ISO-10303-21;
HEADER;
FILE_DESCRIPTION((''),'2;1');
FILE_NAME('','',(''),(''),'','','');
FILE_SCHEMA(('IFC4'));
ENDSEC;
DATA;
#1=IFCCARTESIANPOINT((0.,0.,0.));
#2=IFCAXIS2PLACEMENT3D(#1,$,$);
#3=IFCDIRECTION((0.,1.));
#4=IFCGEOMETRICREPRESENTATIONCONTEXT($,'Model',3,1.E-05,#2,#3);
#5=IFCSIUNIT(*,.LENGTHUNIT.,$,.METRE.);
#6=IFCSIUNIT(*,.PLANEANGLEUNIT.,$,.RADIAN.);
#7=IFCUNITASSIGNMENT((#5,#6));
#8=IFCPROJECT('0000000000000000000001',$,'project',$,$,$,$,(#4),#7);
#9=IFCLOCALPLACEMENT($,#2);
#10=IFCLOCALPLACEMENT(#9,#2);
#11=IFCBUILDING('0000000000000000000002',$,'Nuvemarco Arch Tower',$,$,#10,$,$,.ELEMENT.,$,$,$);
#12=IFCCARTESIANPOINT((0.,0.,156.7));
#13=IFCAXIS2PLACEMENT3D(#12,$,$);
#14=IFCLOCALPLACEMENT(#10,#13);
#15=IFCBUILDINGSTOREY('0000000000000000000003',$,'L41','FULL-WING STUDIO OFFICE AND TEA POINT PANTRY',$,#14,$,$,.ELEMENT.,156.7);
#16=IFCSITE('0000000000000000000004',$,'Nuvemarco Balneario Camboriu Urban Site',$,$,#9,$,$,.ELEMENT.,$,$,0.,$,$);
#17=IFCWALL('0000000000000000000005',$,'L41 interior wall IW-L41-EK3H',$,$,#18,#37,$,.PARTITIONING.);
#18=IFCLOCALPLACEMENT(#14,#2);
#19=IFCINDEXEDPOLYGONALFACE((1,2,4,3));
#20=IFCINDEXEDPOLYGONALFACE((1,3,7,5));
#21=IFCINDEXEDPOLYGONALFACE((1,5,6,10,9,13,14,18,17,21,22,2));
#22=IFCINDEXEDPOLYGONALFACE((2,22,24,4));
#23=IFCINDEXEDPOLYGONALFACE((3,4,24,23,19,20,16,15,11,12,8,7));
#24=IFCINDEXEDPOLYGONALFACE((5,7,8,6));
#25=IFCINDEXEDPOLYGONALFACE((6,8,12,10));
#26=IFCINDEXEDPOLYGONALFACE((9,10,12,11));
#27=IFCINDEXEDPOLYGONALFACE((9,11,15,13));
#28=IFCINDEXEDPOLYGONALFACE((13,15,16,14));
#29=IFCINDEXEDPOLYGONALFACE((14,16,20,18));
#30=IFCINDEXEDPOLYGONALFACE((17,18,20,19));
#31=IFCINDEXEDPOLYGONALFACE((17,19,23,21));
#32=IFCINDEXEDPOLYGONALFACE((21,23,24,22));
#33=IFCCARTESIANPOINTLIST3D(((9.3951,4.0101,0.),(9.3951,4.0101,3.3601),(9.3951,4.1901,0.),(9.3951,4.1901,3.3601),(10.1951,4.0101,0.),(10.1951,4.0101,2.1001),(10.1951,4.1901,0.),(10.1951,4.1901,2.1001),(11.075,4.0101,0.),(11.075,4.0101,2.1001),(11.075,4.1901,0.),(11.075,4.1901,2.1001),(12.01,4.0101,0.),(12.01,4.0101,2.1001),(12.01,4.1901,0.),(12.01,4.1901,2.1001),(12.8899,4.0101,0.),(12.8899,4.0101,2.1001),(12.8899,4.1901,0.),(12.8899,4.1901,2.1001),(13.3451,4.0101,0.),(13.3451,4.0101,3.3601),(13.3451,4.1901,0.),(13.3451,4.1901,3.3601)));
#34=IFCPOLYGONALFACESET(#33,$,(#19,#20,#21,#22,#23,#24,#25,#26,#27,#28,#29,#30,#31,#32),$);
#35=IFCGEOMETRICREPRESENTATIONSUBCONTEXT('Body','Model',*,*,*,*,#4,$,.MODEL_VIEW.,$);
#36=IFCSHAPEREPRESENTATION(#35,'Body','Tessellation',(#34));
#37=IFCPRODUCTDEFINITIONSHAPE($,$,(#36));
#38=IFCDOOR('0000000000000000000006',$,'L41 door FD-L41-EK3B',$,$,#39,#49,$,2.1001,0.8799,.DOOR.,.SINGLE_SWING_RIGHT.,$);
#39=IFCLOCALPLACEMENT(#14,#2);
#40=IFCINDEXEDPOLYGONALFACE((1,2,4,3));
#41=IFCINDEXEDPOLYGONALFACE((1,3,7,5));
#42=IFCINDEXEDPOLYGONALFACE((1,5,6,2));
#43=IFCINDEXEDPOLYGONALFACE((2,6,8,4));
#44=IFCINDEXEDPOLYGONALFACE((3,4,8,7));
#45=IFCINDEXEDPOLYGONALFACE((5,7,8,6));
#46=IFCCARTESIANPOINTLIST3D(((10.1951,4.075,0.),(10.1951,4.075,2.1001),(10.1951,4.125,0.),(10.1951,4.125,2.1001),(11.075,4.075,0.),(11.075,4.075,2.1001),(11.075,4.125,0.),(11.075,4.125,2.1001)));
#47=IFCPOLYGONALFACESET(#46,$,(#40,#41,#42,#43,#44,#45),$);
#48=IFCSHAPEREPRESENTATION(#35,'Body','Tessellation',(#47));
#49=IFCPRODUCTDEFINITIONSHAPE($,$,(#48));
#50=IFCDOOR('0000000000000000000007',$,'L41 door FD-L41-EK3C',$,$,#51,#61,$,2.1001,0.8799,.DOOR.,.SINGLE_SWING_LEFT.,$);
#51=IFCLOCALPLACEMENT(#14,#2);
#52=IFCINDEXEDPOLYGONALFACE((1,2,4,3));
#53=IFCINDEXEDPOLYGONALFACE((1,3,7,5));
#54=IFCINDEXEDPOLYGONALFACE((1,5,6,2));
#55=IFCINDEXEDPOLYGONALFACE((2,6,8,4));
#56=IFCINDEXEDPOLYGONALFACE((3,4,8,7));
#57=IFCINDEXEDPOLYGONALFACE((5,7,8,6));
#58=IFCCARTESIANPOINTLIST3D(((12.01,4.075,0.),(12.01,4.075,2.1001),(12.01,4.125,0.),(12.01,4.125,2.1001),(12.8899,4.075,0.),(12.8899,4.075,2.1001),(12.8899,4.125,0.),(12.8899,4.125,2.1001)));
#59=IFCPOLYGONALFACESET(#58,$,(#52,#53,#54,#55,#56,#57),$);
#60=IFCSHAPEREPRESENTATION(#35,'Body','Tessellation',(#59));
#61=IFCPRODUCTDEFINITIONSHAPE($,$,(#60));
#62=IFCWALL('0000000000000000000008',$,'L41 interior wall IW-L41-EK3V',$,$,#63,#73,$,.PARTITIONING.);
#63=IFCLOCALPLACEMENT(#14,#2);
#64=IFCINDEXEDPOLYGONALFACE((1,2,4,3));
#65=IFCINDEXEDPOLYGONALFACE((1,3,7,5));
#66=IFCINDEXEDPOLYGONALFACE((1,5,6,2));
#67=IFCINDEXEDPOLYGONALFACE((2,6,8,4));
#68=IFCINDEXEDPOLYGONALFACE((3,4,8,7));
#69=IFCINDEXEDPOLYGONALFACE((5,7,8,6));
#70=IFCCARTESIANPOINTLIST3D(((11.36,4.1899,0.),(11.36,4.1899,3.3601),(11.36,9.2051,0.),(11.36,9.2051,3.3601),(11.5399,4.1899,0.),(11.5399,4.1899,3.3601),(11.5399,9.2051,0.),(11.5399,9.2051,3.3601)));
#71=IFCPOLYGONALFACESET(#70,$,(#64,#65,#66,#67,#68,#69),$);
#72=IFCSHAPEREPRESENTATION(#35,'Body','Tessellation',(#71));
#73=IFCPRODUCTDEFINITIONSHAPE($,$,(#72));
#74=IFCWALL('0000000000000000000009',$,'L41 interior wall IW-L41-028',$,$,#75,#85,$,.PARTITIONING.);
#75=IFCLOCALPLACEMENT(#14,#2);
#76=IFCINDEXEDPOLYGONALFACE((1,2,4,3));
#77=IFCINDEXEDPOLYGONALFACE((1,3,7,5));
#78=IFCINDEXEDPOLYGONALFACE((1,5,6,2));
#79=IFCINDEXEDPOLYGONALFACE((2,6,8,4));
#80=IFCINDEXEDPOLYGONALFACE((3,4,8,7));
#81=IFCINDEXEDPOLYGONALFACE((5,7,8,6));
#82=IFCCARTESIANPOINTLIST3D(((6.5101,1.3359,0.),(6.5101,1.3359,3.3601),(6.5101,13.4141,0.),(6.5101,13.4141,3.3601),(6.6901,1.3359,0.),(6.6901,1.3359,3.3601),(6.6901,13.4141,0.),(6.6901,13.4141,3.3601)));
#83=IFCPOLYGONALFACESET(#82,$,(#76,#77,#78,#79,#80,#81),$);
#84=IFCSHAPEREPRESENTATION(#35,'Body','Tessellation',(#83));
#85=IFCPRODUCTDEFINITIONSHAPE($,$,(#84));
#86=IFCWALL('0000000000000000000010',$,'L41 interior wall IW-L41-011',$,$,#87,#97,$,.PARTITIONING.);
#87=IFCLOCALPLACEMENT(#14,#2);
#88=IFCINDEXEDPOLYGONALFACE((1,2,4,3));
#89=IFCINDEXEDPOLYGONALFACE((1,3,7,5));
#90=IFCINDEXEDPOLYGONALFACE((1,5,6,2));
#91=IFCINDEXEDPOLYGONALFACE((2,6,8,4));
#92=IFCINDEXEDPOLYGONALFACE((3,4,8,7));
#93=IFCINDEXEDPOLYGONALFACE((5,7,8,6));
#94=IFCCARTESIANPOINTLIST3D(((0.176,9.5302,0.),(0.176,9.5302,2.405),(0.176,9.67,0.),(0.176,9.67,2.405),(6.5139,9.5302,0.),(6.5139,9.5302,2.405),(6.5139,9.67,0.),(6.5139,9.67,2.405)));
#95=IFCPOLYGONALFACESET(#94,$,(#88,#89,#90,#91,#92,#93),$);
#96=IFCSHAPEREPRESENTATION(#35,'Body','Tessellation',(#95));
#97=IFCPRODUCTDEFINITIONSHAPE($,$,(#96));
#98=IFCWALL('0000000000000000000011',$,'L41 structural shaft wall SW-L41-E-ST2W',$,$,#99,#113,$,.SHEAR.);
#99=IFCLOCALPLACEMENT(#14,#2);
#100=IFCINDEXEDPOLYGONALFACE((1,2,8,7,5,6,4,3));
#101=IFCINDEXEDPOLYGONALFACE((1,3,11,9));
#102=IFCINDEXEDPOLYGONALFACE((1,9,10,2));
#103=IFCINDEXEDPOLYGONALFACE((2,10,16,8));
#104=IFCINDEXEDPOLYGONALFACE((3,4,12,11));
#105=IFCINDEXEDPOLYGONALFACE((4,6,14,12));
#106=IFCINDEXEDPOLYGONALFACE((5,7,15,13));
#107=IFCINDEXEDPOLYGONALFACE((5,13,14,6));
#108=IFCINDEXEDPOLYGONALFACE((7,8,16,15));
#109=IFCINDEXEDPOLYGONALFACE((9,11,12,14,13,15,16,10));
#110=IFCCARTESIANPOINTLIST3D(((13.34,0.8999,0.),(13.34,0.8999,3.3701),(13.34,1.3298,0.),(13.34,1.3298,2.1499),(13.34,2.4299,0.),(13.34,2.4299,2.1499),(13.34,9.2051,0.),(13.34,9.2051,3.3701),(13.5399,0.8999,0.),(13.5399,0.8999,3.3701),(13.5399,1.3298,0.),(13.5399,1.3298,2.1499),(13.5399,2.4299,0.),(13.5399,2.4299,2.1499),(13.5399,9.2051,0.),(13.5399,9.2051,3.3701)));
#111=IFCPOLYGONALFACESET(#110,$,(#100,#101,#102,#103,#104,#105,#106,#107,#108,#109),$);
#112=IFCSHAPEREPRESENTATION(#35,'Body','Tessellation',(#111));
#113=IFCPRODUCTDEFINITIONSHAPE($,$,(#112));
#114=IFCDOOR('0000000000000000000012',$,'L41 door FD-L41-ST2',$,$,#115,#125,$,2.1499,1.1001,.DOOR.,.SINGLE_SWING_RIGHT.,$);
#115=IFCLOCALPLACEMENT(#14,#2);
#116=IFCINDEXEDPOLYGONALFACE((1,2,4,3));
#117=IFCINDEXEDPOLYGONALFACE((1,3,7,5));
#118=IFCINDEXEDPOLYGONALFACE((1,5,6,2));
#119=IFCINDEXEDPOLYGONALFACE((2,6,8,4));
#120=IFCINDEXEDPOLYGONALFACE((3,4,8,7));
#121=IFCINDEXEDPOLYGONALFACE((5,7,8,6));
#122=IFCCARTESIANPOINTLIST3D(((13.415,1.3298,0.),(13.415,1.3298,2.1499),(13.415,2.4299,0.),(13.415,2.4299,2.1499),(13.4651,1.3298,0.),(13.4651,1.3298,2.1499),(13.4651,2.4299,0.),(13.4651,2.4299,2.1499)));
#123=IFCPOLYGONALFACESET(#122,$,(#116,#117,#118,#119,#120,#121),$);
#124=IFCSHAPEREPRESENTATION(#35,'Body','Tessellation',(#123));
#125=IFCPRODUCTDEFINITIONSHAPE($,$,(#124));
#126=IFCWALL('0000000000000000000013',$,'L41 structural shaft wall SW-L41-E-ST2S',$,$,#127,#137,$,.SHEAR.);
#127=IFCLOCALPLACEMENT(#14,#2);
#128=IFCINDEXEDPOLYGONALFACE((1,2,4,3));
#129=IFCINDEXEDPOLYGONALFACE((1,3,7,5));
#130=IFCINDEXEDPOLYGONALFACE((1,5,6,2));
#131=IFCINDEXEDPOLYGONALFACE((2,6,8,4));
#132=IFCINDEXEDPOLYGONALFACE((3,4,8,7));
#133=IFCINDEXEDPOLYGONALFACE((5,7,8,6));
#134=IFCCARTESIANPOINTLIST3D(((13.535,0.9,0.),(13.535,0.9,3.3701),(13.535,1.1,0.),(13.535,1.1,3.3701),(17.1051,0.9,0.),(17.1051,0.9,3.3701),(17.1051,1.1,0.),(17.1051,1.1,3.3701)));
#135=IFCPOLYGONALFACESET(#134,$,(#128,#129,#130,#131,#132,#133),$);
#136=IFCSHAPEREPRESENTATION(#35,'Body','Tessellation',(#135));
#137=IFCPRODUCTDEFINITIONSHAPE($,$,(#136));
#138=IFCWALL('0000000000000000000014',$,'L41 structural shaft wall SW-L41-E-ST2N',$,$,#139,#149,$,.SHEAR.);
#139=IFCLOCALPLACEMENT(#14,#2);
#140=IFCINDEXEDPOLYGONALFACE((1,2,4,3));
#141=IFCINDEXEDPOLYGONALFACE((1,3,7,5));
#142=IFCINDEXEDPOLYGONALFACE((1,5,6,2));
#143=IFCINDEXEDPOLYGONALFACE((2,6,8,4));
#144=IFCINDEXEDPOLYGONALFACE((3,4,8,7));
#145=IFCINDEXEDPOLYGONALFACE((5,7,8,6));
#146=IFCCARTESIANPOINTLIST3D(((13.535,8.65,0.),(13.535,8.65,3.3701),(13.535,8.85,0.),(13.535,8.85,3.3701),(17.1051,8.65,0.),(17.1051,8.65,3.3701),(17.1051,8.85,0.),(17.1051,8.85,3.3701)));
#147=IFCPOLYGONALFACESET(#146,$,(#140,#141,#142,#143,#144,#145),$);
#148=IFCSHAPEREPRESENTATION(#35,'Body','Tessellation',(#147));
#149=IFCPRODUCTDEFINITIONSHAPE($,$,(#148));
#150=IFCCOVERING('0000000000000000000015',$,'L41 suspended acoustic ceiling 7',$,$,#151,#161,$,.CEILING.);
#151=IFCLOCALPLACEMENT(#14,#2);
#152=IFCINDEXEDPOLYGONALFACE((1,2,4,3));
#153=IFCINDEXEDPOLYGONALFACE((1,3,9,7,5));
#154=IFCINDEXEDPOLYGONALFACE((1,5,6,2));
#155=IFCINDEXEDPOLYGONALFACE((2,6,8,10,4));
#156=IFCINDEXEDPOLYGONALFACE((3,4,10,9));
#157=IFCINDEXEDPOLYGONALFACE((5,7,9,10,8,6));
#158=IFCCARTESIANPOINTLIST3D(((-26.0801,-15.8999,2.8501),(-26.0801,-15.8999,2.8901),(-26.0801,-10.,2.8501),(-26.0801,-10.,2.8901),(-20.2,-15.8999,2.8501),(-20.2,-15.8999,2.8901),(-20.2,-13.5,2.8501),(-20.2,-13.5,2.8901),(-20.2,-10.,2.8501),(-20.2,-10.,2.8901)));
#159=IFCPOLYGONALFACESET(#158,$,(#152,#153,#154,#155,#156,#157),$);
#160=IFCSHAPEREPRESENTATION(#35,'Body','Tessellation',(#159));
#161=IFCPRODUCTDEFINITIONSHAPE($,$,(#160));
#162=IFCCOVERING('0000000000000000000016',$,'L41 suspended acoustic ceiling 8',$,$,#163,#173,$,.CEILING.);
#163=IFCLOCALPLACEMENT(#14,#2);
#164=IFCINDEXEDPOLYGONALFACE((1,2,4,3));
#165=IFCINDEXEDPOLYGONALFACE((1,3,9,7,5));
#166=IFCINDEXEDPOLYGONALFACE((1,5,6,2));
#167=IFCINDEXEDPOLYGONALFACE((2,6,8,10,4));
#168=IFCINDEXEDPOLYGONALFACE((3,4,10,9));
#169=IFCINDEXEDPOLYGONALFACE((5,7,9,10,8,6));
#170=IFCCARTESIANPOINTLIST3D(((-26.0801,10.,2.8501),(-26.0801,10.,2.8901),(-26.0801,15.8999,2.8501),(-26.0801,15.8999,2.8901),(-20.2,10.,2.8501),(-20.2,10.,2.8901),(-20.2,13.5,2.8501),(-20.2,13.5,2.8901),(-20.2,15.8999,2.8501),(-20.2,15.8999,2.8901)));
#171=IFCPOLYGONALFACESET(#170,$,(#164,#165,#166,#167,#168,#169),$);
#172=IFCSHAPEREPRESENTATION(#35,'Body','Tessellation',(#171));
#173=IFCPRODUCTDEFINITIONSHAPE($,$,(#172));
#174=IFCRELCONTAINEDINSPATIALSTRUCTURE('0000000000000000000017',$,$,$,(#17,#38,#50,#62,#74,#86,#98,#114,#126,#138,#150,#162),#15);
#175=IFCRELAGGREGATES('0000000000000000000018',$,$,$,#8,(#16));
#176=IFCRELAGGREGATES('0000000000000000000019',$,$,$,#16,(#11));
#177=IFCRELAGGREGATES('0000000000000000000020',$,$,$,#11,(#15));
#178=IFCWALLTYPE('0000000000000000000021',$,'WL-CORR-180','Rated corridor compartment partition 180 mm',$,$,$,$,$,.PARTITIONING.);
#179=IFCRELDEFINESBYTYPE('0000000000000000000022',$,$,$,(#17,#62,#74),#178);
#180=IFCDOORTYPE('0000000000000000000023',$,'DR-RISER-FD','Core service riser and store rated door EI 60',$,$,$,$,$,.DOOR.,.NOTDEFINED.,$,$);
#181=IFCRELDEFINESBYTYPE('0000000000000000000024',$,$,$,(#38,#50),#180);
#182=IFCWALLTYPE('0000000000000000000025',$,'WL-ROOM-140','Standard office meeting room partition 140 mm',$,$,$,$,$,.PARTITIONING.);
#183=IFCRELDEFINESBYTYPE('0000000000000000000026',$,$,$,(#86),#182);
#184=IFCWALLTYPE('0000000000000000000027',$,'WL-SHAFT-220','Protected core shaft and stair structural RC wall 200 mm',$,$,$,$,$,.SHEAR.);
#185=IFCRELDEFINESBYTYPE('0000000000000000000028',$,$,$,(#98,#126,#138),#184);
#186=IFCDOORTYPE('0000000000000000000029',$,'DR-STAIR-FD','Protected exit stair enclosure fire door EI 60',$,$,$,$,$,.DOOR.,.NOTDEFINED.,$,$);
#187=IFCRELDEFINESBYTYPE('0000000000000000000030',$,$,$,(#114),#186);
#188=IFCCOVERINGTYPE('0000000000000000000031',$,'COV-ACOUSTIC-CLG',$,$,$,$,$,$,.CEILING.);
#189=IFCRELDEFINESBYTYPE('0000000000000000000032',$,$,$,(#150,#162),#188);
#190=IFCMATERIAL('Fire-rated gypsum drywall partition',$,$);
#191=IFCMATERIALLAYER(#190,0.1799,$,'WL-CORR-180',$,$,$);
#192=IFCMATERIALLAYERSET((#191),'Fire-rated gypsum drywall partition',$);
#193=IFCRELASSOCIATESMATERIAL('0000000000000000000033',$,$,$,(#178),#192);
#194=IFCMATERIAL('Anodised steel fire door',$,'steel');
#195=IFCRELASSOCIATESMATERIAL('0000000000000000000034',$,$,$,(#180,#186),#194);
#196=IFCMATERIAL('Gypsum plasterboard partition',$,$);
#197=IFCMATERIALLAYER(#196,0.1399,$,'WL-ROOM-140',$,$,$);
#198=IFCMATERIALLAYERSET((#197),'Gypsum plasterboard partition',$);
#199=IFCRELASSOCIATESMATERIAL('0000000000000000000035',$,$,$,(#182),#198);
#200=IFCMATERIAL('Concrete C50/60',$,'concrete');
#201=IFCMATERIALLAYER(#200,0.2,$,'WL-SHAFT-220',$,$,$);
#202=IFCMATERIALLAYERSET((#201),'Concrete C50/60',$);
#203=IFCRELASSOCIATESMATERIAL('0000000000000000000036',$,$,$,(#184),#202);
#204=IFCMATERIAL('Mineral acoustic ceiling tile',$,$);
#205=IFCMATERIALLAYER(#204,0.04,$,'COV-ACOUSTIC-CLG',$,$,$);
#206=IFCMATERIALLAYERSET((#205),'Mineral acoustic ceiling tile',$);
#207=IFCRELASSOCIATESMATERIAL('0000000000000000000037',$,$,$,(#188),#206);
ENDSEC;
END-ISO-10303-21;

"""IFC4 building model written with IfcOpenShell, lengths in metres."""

from ifc_helpers import new_model, si_unit, direction, frame, frame_2d, origin, place, context, subcontext, project, spatial, polyline, rectangle, outline, extrude, source, transform, mapped, material, layer, layer_set, type_object, type_shapes, element, fill, save


model = new_model("IFC4")

# Units and contexts
model_context = context("Model", 3, precision=1e-05, world=origin(), true_north=direction((0.0, 1.0)))
body_context = subcontext(model_context, "Body", "Model", "MODEL_VIEW")
ifc_project = project(units=[si_unit("LENGTHUNIT", "METRE"), si_unit("PLANEANGLEUNIT", "RADIAN")], contexts=[model_context])

# Site, building, storey
site_placement = place(None, origin())
site = spatial("IfcSite", under=ifc_project, at=site_placement, Name="Nuvemarco Balneario Camboriu Urban Site", CompositionType="ELEMENT", RefElevation=0.0)
building_placement = place(site_placement, origin())
building = spatial("IfcBuilding", under=site, at=building_placement, Name="Nuvemarco Arch Tower", CompositionType="ELEMENT")
storey_placement = place(building_placement, frame((0.0, 0.0, 156.7)))
storey = spatial("IfcBuildingStorey", under=building, at=storey_placement, Name="L41", Description="FULL-WING STUDIO OFFICE AND TEA POINT PANTRY", CompositionType="ELEMENT", Elevation=156.7)

# Shared definitions
ifc_material_1 = material(Name="Concrete C50/60", Category="concrete")

# Shared definitions
ifc_material_2 = material(Name="Fire-rated gypsum drywall partition")
ifc_layer_1 = layer(ifc_material_2, 0.1799, Name="WL-CORR-180")
ifc_layer_set_1 = layer_set([ifc_layer_1], Name="Fire-rated gypsum drywall partition")
wall_type_1 = type_object("IfcWallType", Name="WL-CORR-180", Description="Rated corridor compartment partition 180 mm", PredefinedType="PARTITIONING", material=ifc_layer_set_1)
ifc_material_3 = material(Name="Anodised steel fire door", Category="steel")
door_type_1 = type_object("IfcDoorType", Name="DR-RISER-FD", Description="Core service riser and store rated door EI 60", OperationType="NOTDEFINED", PredefinedType="DOOR", material=ifc_material_3)
shared_shape_1 = source(origin(), body_context, "Body", "SweptSolid", [
    extrude(rectangle(XDim=0.8799, YDim=2.1001, at=frame_2d((0.4399, 1.05))), frame((0.0, 0.0249, 0.0), z_axis=(0.0, -1.0, 0.0), x_axis=(1.0, 0.0, 0.0)), (0.0, 0.0, 1.0), 0.05),
])
type_shapes(door_type_1, [shared_shape_1])

# Wall, openings, doors
wall_1_placement = place(storey_placement, frame((9.395, 4.1001, 0.0), z_axis=(0.0, 0.0, 1.0), x_axis=(1.0, 0.0, 0.0)))
wall_1 = element("IfcWall", 1, at=wall_1_placement, inside=storey, type_object=wall_type_1, Name="L41 interior wall IW-L41-EK3H", PredefinedType="PARTITIONING", context=body_context, shape_type="SweptSolid", body=[
    extrude(rectangle(XDim=3.95, YDim=0.1799, at=frame_2d((1.9751, 0.0))), origin(), (0.0, 0.0, 1.0), 3.3601),
])
opening_1_placement = place(wall_1_placement, frame((0.8, 0.0, 0.0)))
opening_1 = element("IfcOpeningElement", 2, at=opening_1_placement, cuts=wall_1, PredefinedType="OPENING", context=body_context, shape_type="SweptSolid", body=[
    extrude(rectangle(XDim=0.8799, YDim=2.1001, at=frame_2d((0.4399, 1.05))), frame((0.0, 0.0999, 0.0), z_axis=(0.0, -1.0, 0.0), x_axis=(1.0, 0.0, 0.0)), (0.0, 0.0, 1.0), 0.2),
])
opening_2_placement = place(wall_1_placement, frame((2.615, 0.0, 0.0)))
opening_2 = element("IfcOpeningElement", 3, at=opening_2_placement, cuts=wall_1, PredefinedType="OPENING", context=body_context, shape_type="SweptSolid", body=[
    extrude(rectangle(XDim=0.8799, YDim=2.1001, at=frame_2d((0.4399, 1.05))), frame((0.0, 0.0999, 0.0), z_axis=(0.0, -1.0, 0.0), x_axis=(1.0, 0.0, 0.0)), (0.0, 0.0, 1.0), 0.2),
])
door_1_placement = place(opening_1_placement, origin())
door_1 = element("IfcDoor", 4, at=door_1_placement, inside=storey, type_object=door_type_1, Name="L41 door FD-L41-EK3B", OperationType="SINGLE_SWING_RIGHT", OverallHeight=2.1001, OverallWidth=0.8799, PredefinedType="DOOR", context=body_context, shape_type="MappedRepresentation", body=[
    mapped(shared_shape_1, transform((0.0, 0.0, 0.0), scale=1.0)),
])
fill(opening_1, door_1)
door_2_placement = place(opening_2_placement, origin())
door_2 = element("IfcDoor", 5, at=door_2_placement, inside=storey, type_object=door_type_1, Name="L41 door FD-L41-EK3C", OperationType="SINGLE_SWING_LEFT", OverallHeight=2.1001, OverallWidth=0.8799, PredefinedType="DOOR", context=body_context, shape_type="MappedRepresentation", body=[
    mapped(shared_shape_1, transform((0.0, 0.0, 0.0), scale=1.0)),
])
fill(opening_2, door_2)

# Walls
wall_2_placement = place(storey_placement, frame((11.45, 4.1899, 0.0), z_axis=(0.0, 0.0, 1.0), x_axis=(0.0, 1.0, 0.0)))
element("IfcWall", 6, at=wall_2_placement, inside=storey, type_object=wall_type_1, Name="L41 interior wall IW-L41-EK3V", PredefinedType="PARTITIONING", context=body_context, shape_type="SweptSolid", body=[
    extrude(rectangle(XDim=5.0151, YDim=0.1799, at=frame_2d((2.5076, 0.0))), origin(), (0.0, 0.0, 1.0), 3.3601),
])
wall_3_placement = place(storey_placement, frame((6.6001, 1.3359, 0.0), z_axis=(0.0, 0.0, 1.0), x_axis=(0.0, 1.0, 0.0)))
element("IfcWall", 7, at=wall_3_placement, inside=storey, type_object=wall_type_1, Name="L41 interior wall IW-L41-028", PredefinedType="PARTITIONING", context=body_context, shape_type="SweptSolid", body=[
    extrude(rectangle(XDim=12.0781, YDim=0.1799, at=frame_2d((6.0391, 0.0))), origin(), (0.0, 0.0, 1.0), 3.3601),
])
ifc_material_4 = material(Name="Gypsum plasterboard partition")
ifc_layer_2 = layer(ifc_material_4, 0.1399, Name="WL-ROOM-140")
ifc_layer_set_2 = layer_set([ifc_layer_2], Name="Gypsum plasterboard partition")
wall_type_2 = type_object("IfcWallType", Name="WL-ROOM-140", Description="Standard office meeting room partition 140 mm", PredefinedType="PARTITIONING", material=ifc_layer_set_2)
wall_4_placement = place(storey_placement, frame((0.176, 9.6001, 0.0), z_axis=(0.0, 0.0, 1.0), x_axis=(1.0, 0.0, 0.0)))
element("IfcWall", 8, at=wall_4_placement, inside=storey, type_object=wall_type_2, Name="L41 interior wall IW-L41-011", PredefinedType="PARTITIONING", context=body_context, shape_type="SweptSolid", body=[
    extrude(rectangle(XDim=6.3379, YDim=0.1399, at=frame_2d((3.1689, 0.0))), origin(), (0.0, 0.0, 1.0), 2.405),
])

# Wall, opening, door
ifc_layer_3 = layer(ifc_material_1, 0.2, Name="WL-SHAFT-220")
ifc_layer_set_3 = layer_set([ifc_layer_3], Name="Concrete C50/60")
wall_type_3 = type_object("IfcWallType", Name="WL-SHAFT-220", Description="Protected core shaft and stair structural RC wall 200 mm", PredefinedType="SHEAR", material=ifc_layer_set_3)
wall_5_placement = place(storey_placement, frame((13.4399, 0.8999, 0.0), z_axis=(0.0, 0.0, 1.0), x_axis=(0.0, 1.0, 0.0)))
wall_5 = element("IfcWall", 9, at=wall_5_placement, inside=storey, type_object=wall_type_3, Name="L41 structural shaft wall SW-L41-E-ST2W", PredefinedType="SHEAR", context=body_context, shape_type="SweptSolid", body=[
    extrude(rectangle(XDim=8.3052, YDim=0.2, at=frame_2d((4.1526, 0.0))), origin(), (0.0, 0.0, 1.0), 3.3701),
])
opening_3_placement = place(wall_5_placement, frame((0.4299, 0.0, 0.0)))
opening_3 = element("IfcOpeningElement", 10, at=opening_3_placement, cuts=wall_5, PredefinedType="OPENING", context=body_context, shape_type="SweptSolid", body=[
    extrude(rectangle(XDim=1.1001, YDim=2.1499, at=frame_2d((0.55, 1.075))), frame((0.0, 0.1099, 0.0), z_axis=(0.0, -1.0, 0.0), x_axis=(1.0, 0.0, 0.0)), (0.0, 0.0, 1.0), 0.22),
])
door_type_2 = type_object("IfcDoorType", Name="DR-STAIR-FD", Description="Protected exit stair enclosure fire door EI 60", OperationType="NOTDEFINED", PredefinedType="DOOR", material=ifc_material_3)
shared_shape_2 = source(origin(), body_context, "Body", "SweptSolid", [
    extrude(rectangle(XDim=1.1001, YDim=2.1499, at=frame_2d((0.55, 1.075))), frame((0.0, 0.0249, 0.0), z_axis=(0.0, -1.0, 0.0), x_axis=(1.0, 0.0, 0.0)), (0.0, 0.0, 1.0), 0.05),
])
type_shapes(door_type_2, [shared_shape_2])
door_3_placement = place(opening_3_placement, origin())
door_3 = element("IfcDoor", 11, at=door_3_placement, inside=storey, type_object=door_type_2, Name="L41 door FD-L41-ST2", OperationType="SINGLE_SWING_RIGHT", OverallHeight=2.1499, OverallWidth=1.1001, PredefinedType="DOOR", context=body_context, shape_type="MappedRepresentation", body=[
    mapped(shared_shape_2, transform((0.0, 0.0, 0.0), scale=1.0)),
])
fill(opening_3, door_3)

# Walls
for number, where, z_axis, x_axis, name in (
    (12, (13.5349, 1.0, 0.0), (0.0, 0.0, 1.0), (1.0, 0.0, 0.0), "L41 structural shaft wall SW-L41-E-ST2S"),
    (13, (13.5349, 8.75, 0.0), (0.0, 0.0, 1.0), (1.0, 0.0, 0.0), "L41 structural shaft wall SW-L41-E-ST2N"),
):
    element("IfcWall", number, at=place(storey_placement, frame(where, z_axis=z_axis, x_axis=x_axis)), inside=storey, type_object=wall_type_3, Name=name, PredefinedType="SHEAR", context=body_context, shape_type="SweptSolid", body=[
        extrude(rectangle(XDim=3.5701, YDim=0.2, at=frame_2d((1.7852, 0.0))), origin(), (0.0, 0.0, 1.0), 3.3701),
    ])

# Coverings
ifc_material_5 = material(Name="Mineral acoustic ceiling tile")
ifc_layer_4 = layer(ifc_material_5, 0.04, Name="COV-ACOUSTIC-CLG")
ifc_layer_set_4 = layer_set([ifc_layer_4], Name="Mineral acoustic ceiling tile")
covering_type_1 = type_object("IfcCoveringType", Name="COV-ACOUSTIC-CLG", PredefinedType="CEILING", material=ifc_layer_set_4)
covering_1_placement = place(storey_placement, frame((0.0, 0.0, 2.8501)))
element("IfcCovering", 14, at=covering_1_placement, inside=storey, type_object=covering_type_1, Name="L41 suspended acoustic ceiling 7", PredefinedType="CEILING", context=body_context, shape_type="SweptSolid", body=[
    extrude(outline(polyline([(-20.2, -13.5), (-20.2, -15.8999), (-26.0801, -15.8999), (-26.0801, -10.0), (-20.2, -10.0), (-20.2, -13.5)])), origin(), (0.0, 0.0, 1.0), 0.04),
])
covering_2_placement = place(storey_placement, frame((0.0, 0.0, 2.8501)))
element("IfcCovering", 15, at=covering_2_placement, inside=storey, type_object=covering_type_1, Name="L41 suspended acoustic ceiling 8", PredefinedType="CEILING", context=body_context, shape_type="SweptSolid", body=[
    extrude(outline(polyline([(-20.2, 15.8999), (-20.2, 13.5), (-20.2, 10.0), (-26.0801, 10.0), (-26.0801, 15.8999), (-20.2, 15.8999)])), origin(), (0.0, 0.0, 1.0), 0.04),
])

save(model, "model.ifc")
